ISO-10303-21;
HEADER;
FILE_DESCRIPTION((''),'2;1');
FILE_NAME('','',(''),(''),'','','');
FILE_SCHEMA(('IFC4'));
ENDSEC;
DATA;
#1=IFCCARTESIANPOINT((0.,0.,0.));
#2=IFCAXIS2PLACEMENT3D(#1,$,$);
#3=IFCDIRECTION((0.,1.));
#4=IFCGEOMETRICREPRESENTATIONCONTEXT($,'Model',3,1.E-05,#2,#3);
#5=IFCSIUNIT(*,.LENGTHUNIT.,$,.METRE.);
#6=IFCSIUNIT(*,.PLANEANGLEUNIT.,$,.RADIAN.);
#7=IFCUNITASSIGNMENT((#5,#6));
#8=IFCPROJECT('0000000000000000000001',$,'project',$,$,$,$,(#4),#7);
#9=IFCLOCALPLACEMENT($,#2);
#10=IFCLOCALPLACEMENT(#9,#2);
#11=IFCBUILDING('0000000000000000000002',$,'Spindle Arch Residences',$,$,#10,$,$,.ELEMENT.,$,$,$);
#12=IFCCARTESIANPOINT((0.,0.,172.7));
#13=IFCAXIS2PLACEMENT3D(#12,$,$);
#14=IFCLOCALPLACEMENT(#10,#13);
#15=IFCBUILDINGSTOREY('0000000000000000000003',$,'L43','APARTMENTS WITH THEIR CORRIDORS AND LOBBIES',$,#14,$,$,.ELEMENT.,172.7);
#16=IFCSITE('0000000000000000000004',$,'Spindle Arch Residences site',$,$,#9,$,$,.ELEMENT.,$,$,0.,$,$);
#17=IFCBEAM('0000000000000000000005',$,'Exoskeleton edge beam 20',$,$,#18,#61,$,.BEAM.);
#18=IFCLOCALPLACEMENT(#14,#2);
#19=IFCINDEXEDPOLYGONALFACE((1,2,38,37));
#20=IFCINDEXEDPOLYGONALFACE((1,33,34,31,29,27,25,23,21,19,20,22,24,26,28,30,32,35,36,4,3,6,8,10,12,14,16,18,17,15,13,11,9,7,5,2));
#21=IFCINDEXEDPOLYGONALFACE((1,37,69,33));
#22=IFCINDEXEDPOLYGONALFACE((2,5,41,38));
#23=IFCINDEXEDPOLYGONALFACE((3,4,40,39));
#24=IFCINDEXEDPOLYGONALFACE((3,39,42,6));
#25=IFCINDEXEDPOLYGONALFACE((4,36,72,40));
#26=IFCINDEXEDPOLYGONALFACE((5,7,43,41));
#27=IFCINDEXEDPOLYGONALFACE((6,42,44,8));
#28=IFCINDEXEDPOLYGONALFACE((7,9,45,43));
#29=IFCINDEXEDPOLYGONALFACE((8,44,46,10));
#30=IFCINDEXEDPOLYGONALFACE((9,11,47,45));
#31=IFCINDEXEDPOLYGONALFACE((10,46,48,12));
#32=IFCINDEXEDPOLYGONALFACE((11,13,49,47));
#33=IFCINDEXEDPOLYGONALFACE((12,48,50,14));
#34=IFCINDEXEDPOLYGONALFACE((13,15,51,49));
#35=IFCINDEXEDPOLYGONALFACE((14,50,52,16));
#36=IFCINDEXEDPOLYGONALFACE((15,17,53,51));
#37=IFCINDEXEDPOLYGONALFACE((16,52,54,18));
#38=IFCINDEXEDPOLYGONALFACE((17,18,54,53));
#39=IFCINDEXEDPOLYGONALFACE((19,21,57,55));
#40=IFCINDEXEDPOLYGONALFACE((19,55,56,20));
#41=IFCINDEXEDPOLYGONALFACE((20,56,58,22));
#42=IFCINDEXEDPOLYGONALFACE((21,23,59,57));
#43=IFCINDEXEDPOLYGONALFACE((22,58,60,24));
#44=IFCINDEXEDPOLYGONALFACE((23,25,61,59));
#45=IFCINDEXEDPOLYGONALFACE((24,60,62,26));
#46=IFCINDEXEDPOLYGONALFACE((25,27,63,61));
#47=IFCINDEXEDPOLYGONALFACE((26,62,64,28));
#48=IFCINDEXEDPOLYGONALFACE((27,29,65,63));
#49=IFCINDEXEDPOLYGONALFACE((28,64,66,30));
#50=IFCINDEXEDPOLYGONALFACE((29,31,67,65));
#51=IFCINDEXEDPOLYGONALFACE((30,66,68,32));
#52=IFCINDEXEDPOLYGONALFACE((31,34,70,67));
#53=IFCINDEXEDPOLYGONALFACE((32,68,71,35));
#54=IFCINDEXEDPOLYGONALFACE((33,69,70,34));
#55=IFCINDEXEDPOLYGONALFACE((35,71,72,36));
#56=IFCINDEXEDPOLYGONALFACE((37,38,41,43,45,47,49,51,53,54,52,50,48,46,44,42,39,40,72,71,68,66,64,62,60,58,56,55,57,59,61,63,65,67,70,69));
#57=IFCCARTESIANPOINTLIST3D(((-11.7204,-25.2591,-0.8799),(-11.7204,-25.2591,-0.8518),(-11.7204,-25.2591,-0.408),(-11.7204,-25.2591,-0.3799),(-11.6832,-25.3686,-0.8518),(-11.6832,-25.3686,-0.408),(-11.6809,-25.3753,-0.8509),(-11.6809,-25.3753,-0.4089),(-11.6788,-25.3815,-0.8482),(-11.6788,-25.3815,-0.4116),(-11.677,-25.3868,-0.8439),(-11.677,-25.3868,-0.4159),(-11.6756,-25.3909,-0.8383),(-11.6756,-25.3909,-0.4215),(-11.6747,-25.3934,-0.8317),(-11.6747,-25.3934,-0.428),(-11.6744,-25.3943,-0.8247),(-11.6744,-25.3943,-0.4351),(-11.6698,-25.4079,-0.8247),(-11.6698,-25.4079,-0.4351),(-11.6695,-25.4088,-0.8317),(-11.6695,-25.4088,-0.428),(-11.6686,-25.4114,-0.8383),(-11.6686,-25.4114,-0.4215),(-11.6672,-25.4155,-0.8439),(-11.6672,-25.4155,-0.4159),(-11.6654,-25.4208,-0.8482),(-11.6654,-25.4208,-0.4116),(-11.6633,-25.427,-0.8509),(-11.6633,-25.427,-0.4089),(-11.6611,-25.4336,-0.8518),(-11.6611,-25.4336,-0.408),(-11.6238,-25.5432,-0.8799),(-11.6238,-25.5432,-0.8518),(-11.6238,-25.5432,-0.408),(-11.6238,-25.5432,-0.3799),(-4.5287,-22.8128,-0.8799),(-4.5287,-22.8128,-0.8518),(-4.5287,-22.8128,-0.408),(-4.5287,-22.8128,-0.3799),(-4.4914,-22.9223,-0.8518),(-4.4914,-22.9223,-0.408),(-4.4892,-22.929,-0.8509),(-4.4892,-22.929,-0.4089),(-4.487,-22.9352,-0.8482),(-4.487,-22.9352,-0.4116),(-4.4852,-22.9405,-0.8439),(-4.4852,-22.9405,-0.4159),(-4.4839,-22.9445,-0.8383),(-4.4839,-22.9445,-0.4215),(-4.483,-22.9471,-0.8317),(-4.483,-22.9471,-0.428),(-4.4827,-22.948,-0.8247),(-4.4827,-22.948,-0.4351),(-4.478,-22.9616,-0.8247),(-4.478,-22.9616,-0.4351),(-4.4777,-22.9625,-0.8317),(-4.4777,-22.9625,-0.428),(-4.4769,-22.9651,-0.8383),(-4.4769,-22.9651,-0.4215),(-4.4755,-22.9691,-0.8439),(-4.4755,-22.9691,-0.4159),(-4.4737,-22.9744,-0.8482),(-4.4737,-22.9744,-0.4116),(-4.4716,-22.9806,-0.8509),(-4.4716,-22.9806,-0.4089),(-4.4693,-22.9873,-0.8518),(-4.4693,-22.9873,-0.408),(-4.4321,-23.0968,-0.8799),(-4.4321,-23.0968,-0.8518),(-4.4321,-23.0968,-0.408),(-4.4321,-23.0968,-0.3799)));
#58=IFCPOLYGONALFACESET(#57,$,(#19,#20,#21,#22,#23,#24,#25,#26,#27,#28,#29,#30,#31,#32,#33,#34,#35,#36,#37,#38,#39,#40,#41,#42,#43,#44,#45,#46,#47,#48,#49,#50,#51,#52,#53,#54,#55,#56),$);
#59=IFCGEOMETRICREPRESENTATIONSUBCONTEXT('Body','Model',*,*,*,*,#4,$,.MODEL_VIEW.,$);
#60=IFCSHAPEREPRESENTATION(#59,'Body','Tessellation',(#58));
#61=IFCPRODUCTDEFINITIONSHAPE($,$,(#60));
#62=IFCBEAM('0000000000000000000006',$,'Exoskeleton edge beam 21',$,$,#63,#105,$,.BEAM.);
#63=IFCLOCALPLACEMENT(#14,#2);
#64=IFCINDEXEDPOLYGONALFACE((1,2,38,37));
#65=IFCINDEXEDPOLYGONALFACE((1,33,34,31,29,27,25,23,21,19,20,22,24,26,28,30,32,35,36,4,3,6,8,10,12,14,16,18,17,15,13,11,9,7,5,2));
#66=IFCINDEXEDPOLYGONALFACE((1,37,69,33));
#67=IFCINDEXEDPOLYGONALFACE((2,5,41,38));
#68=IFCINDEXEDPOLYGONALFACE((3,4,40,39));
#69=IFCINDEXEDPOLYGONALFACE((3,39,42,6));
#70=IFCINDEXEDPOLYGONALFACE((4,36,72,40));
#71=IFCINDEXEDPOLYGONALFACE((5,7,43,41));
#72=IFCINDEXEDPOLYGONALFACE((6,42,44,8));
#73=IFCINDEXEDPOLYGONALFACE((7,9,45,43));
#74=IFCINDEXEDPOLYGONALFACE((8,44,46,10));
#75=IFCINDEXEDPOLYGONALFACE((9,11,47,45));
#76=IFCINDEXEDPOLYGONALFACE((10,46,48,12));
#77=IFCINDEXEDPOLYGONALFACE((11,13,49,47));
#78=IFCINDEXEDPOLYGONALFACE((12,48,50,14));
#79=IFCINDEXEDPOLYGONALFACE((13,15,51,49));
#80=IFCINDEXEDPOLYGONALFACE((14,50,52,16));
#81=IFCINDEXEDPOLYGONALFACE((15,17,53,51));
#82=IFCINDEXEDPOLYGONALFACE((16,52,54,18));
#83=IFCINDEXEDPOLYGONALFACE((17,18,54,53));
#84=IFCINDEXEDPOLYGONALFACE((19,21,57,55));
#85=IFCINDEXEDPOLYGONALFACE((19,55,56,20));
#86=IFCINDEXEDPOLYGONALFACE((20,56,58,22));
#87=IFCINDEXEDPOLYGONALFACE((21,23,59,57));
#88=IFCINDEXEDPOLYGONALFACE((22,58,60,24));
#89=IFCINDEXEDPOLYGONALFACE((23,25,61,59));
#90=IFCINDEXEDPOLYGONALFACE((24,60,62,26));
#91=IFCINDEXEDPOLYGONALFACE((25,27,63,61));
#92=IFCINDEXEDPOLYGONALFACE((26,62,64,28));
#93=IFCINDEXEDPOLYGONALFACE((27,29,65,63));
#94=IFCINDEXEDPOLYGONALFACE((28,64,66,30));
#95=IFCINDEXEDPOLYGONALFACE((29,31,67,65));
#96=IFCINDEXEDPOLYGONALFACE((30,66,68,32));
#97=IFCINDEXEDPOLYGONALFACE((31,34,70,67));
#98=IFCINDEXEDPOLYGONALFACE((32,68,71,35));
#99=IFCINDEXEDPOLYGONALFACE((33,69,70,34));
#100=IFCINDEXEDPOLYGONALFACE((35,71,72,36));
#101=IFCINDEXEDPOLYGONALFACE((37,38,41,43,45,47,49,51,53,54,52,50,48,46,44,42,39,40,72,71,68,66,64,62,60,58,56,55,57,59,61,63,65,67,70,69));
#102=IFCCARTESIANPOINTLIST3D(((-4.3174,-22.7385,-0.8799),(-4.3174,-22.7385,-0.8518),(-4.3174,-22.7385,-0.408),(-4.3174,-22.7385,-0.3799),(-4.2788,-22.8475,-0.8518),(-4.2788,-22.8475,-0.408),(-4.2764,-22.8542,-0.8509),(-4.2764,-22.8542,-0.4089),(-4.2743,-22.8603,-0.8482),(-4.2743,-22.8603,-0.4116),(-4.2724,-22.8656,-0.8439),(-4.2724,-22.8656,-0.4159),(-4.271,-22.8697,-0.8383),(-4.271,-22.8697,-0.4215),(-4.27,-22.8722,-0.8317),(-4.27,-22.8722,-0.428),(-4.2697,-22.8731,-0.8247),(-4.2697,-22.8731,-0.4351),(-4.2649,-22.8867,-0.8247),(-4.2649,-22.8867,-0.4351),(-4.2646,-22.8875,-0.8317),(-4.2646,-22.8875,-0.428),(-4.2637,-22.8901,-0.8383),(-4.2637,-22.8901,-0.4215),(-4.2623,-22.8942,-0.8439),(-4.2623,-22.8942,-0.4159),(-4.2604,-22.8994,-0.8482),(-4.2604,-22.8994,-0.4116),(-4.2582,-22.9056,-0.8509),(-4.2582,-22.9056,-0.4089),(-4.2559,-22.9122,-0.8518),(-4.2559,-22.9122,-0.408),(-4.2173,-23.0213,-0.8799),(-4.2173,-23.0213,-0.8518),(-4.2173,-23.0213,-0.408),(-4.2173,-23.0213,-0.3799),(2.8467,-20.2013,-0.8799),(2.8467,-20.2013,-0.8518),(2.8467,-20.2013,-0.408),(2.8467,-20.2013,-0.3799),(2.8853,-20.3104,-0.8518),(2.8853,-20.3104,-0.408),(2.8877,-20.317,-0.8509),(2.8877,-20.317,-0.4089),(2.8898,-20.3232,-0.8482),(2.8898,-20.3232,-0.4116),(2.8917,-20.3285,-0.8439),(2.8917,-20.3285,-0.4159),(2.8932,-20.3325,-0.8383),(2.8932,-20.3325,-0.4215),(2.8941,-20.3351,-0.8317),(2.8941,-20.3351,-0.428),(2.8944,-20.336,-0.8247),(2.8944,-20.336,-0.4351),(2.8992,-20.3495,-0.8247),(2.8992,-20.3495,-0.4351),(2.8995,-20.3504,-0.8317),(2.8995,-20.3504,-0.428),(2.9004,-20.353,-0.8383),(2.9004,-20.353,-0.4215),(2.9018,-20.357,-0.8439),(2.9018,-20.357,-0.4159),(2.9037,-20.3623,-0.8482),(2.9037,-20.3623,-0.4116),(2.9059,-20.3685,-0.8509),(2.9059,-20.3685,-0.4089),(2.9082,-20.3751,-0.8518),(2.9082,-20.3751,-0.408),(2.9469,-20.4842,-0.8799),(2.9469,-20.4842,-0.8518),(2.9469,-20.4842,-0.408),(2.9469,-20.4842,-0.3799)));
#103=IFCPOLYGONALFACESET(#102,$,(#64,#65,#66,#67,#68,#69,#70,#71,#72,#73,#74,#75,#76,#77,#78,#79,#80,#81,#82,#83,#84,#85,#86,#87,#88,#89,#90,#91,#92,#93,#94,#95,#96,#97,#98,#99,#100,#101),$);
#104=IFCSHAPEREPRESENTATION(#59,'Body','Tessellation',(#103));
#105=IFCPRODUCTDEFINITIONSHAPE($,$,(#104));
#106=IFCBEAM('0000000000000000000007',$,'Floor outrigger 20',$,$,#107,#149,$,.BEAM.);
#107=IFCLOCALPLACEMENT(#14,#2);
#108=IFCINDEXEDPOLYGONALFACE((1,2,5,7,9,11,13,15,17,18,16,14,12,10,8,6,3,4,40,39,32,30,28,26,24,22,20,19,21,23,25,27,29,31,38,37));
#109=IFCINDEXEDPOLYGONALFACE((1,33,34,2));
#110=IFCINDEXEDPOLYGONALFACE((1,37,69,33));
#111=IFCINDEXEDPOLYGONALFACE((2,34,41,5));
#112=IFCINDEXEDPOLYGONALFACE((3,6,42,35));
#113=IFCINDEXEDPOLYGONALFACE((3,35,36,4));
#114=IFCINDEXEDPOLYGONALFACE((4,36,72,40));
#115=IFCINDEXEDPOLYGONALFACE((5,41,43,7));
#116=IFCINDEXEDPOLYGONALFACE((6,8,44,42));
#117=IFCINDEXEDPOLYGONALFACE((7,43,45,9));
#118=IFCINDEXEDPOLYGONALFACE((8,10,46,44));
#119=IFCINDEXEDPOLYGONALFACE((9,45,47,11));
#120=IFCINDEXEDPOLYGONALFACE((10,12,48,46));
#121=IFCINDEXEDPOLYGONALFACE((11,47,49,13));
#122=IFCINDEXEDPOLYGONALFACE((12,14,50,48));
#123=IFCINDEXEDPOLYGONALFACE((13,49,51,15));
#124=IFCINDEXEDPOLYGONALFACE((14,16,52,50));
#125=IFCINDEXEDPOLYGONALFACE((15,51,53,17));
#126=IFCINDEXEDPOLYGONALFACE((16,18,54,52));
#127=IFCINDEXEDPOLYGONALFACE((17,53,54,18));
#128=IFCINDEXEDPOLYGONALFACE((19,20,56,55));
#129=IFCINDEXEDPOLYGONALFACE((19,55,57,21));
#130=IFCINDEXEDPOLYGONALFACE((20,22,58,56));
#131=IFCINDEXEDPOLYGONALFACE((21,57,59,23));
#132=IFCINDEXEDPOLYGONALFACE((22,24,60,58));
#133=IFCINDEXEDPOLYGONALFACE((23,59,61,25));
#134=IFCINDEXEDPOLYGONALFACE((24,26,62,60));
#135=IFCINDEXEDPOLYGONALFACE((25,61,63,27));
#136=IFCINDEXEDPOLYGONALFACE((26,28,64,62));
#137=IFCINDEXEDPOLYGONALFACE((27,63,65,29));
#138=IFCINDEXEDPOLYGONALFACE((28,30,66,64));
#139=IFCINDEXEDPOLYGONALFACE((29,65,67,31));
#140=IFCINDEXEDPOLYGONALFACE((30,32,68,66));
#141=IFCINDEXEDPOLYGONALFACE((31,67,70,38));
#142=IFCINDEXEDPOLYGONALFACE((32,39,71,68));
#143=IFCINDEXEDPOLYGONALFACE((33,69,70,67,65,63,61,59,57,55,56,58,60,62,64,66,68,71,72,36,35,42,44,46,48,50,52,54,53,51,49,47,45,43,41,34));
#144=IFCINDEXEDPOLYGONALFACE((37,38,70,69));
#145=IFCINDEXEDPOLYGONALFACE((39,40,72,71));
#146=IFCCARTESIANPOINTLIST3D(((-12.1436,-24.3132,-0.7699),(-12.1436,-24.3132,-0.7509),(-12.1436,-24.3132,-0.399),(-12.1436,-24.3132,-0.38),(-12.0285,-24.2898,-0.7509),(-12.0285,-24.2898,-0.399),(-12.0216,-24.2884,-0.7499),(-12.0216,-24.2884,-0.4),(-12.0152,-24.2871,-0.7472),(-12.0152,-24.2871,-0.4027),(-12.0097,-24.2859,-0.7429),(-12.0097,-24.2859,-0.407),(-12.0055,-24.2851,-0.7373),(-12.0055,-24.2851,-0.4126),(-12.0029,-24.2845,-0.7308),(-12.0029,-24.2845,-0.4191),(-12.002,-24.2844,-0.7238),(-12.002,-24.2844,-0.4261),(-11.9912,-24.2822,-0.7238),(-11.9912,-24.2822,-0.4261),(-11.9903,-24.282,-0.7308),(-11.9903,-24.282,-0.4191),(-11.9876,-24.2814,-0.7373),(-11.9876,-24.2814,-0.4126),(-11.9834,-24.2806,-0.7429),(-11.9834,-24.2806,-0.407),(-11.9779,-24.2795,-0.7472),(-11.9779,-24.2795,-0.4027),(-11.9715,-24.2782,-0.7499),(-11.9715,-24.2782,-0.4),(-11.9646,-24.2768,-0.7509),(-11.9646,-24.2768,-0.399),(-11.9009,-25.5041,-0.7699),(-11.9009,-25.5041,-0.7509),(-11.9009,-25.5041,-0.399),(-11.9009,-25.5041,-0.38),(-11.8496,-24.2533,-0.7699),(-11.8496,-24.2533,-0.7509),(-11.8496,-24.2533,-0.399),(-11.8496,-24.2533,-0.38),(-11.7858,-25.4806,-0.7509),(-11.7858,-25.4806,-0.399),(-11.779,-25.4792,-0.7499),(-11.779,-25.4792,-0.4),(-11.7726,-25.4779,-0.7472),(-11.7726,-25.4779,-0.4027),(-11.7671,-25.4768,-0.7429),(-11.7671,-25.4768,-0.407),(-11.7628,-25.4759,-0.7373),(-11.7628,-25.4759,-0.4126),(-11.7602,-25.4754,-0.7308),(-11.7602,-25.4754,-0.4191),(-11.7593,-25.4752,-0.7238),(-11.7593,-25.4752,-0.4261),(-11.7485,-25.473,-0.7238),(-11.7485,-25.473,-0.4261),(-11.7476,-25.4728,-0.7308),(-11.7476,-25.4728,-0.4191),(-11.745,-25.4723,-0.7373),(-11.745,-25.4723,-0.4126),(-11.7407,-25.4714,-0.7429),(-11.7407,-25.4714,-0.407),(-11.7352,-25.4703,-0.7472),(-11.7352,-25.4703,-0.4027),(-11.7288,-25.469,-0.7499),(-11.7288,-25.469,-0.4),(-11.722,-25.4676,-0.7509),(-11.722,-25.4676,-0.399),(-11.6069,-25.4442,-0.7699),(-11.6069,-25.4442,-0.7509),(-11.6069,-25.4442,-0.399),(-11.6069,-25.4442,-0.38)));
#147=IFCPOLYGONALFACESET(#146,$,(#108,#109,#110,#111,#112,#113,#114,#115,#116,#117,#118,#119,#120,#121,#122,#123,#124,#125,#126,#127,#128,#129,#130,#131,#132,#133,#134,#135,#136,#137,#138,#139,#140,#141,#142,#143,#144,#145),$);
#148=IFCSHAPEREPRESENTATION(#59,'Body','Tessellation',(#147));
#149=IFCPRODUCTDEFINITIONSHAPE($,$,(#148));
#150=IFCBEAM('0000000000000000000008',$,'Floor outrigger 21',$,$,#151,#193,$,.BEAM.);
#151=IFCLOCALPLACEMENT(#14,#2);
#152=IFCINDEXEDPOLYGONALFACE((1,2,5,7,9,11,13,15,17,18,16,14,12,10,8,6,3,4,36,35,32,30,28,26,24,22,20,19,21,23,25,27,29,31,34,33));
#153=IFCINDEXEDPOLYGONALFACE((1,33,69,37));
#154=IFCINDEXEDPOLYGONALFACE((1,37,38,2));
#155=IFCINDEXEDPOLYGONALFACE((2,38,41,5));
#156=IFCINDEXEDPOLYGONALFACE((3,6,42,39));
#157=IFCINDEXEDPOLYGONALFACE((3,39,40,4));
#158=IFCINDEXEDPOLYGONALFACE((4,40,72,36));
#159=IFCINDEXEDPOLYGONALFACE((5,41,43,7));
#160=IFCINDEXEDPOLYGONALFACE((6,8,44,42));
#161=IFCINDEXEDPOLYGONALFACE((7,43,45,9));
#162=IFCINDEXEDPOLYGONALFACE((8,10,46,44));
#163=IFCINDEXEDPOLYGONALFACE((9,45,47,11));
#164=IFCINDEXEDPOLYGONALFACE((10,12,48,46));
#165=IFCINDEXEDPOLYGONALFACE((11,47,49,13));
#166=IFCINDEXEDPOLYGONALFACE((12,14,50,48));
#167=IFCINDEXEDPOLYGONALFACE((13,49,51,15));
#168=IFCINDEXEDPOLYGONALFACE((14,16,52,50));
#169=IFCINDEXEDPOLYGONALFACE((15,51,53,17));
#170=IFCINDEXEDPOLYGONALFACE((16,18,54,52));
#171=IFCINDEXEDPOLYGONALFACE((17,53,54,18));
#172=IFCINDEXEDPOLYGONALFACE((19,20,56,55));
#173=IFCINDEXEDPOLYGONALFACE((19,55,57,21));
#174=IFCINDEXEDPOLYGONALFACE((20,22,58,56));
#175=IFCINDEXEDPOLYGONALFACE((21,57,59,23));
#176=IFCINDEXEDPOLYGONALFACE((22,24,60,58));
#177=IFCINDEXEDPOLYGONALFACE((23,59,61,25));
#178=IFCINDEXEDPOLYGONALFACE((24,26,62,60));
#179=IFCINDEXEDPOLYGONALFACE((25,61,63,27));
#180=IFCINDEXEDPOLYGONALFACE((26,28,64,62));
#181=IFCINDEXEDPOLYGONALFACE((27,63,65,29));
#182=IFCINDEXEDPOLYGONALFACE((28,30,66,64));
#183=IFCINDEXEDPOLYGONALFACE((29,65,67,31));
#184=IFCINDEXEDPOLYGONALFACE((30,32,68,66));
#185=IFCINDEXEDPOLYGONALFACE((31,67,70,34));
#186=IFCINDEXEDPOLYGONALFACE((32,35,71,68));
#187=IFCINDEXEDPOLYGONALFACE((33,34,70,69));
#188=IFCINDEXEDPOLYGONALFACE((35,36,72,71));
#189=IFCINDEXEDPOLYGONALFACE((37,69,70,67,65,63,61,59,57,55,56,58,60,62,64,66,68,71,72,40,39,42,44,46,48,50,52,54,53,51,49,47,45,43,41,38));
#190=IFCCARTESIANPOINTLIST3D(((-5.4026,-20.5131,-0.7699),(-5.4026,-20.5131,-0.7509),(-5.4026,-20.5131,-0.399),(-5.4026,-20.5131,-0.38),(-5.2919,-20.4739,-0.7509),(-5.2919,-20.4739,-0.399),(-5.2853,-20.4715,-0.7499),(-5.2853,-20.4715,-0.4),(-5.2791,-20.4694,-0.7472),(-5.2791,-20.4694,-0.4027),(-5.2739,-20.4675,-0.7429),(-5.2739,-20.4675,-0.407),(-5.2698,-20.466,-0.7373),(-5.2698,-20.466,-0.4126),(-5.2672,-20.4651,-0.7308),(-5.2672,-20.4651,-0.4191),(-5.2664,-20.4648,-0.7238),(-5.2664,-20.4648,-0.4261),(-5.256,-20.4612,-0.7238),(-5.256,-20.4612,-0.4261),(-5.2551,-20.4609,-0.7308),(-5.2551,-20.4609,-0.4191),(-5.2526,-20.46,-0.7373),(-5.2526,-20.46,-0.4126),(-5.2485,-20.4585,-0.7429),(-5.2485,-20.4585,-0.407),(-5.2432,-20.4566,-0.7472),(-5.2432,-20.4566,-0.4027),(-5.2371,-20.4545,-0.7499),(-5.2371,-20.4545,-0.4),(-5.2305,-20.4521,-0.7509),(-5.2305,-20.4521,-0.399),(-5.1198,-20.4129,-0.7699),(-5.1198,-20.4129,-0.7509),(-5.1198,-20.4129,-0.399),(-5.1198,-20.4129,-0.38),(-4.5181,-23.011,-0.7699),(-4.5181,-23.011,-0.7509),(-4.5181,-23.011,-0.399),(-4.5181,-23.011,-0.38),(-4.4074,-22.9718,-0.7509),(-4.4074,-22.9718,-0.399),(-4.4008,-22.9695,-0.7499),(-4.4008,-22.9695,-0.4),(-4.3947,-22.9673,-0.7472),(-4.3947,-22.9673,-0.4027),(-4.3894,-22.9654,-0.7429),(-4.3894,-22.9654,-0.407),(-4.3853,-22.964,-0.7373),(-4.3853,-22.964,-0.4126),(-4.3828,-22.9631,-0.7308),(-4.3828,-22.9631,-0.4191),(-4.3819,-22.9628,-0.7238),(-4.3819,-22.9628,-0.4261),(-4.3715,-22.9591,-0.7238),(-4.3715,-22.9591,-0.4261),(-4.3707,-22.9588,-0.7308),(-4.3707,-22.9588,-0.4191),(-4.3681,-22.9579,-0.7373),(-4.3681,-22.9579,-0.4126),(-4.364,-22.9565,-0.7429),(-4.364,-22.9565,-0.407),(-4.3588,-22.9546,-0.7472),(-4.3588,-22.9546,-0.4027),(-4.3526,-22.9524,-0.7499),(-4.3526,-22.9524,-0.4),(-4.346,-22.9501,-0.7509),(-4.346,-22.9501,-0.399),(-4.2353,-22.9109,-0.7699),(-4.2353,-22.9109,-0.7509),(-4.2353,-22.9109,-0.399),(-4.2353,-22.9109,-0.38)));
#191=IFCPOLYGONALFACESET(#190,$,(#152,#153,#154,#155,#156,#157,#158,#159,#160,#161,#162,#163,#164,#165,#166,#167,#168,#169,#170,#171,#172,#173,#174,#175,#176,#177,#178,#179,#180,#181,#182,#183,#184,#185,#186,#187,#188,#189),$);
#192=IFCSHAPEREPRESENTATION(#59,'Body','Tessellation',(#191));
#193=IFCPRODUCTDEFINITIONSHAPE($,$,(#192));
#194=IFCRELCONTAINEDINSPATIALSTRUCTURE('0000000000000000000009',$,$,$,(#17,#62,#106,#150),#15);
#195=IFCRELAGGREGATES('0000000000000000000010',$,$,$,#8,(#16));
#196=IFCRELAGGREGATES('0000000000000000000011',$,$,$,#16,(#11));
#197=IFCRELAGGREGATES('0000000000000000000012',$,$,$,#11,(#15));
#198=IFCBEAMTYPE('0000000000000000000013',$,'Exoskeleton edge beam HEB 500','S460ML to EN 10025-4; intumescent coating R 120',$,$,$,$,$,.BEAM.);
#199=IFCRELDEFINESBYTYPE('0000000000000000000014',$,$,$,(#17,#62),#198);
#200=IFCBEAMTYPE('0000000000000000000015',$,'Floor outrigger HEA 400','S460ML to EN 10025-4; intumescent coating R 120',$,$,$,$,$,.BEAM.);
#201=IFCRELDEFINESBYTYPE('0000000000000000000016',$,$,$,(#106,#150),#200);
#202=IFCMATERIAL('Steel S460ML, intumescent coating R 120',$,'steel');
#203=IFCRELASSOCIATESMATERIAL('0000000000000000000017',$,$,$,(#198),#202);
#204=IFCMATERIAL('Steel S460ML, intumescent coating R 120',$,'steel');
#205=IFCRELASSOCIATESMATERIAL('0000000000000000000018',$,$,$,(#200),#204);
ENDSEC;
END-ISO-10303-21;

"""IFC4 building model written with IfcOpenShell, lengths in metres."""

from ifc_helpers import new_model, si_unit, direction, frame, origin, origin_2d, place, context, subcontext, project, spatial, i_section, extrude, material, material_profile, profile_set, type_object, element, save


model = new_model("IFC4")

# Units and contexts
model_context = context("Model", 3, precision=1e-05, world=origin(), true_north=direction((0.0, 1.0)))
body_context = subcontext(model_context, "Body", "Model", "MODEL_VIEW")
ifc_project = project(units=[si_unit("LENGTHUNIT", "METRE"), si_unit("PLANEANGLEUNIT", "RADIAN")], contexts=[model_context])

# Site, building, storey
site_placement = place(None, origin())
site = spatial("IfcSite", under=ifc_project, at=site_placement, Name="Spindle Arch Residences site", CompositionType="ELEMENT", RefElevation=0.0)
building_placement = place(site_placement, origin())
building = spatial("IfcBuilding", under=site, at=building_placement, Name="Spindle Arch Residences", CompositionType="ELEMENT")
storey_placement = place(building_placement, frame((0.0, 0.0, 172.7)))
storey = spatial("IfcBuildingStorey", under=building, at=storey_placement, Name="L43", Description="APARTMENTS WITH THEIR CORRIDORS AND LOBBIES", CompositionType="ELEMENT", Elevation=172.7)

# Beams
ifc_material_1 = material(Name="Steel S460ML, intumescent coating R 120", Category="steel")
ifc_material_profile_1 = material_profile(ifc_material_1, i_section(OverallWidth=0.3, OverallDepth=0.5, WebThickness=0.0144, FlangeThickness=0.0281, FilletRadius=0.0271, at=origin_2d()), Name="HEB 500")
ifc_profile_set_1 = profile_set([ifc_material_profile_1], Name="Steel S460ML, intumescent coating R 120")
beam_type_1 = type_object("IfcBeamType", Name="Exoskeleton edge beam HEB 500", Description="S460ML to EN 10025-4; intumescent coating R 120", PredefinedType="BEAM", material=ifc_profile_set_1)
beam_1_placement = place(storey_placement, frame((-11.6721, -25.4011, -0.6299), z_axis=(0.946727, 0.322036, 0.0), x_axis=(-0.322036, 0.946727, 0.0)))
element("IfcBeam", 1, at=beam_1_placement, inside=storey, type_object=beam_type_1, Name="Exoskeleton edge beam 20", PredefinedType="BEAM", context=body_context, shape_type="SweptSolid", body=[
    extrude(i_section(OverallWidth=0.3, OverallDepth=0.5, WebThickness=0.0144, FlangeThickness=0.0281, FilletRadius=0.0271, at=origin_2d()), origin(), (0.0, 0.0, 1.0), 7.5964),
])
beam_2_placement = place(storey_placement, frame((-4.2673, -22.8799, -0.6299), z_axis=(0.942634, 0.333828, 0.0), x_axis=(-0.333828, 0.942634, 0.0)))
element("IfcBeam", 2, at=beam_2_placement, inside=storey, type_object=beam_type_1, Name="Exoskeleton edge beam 21", PredefinedType="BEAM", context=body_context, shape_type="SweptSolid", body=[
    extrude(i_section(OverallWidth=0.3, OverallDepth=0.5, WebThickness=0.0144, FlangeThickness=0.0281, FilletRadius=0.0271, at=origin_2d()), origin(), (0.0, 0.0, 1.0), 7.6001),
])
ifc_material_2 = material(Name="Steel S460ML, intumescent coating R 120", Category="steel")
ifc_material_profile_2 = material_profile(ifc_material_2, i_section(OverallWidth=0.3, OverallDepth=0.3899, WebThickness=0.011, FlangeThickness=0.019, FilletRadius=0.0271, at=origin_2d()), Name="HEA 400")
ifc_profile_set_2 = profile_set([ifc_material_profile_2], Name="Steel S460ML, intumescent coating R 120")
beam_type_2 = type_object("IfcBeamType", Name="Floor outrigger HEA 400", Description="S460ML to EN 10025-4; intumescent coating R 120", PredefinedType="BEAM", material=ifc_profile_set_2)
beam_3_placement = place(storey_placement, frame((-11.7539, -25.4741, -0.575), z_axis=(-0.199669, 0.979863, 0.0), x_axis=(-0.979863, -0.199669, 0.0)))
element("IfcBeam", 3, at=beam_3_placement, inside=storey, type_object=beam_type_2, Name="Floor outrigger 20", PredefinedType="BEAM", context=body_context, shape_type="SweptSolid", body=[
    extrude(i_section(OverallWidth=0.3, OverallDepth=0.3899, WebThickness=0.011, FlangeThickness=0.019, FilletRadius=0.0271, at=origin_2d()), origin(), (0.0, 0.0, 1.0), 1.2153),
])
beam_4_placement = place(storey_placement, frame((-4.3767, -22.9609, -0.575), z_axis=(-0.333779, 0.942651, 0.0), x_axis=(-0.942651, -0.333779, 0.0)))
element("IfcBeam", 4, at=beam_4_placement, inside=storey, type_object=beam_type_2, Name="Floor outrigger 21", PredefinedType="BEAM", context=body_context, shape_type="SweptSolid", body=[
    extrude(i_section(OverallWidth=0.3, OverallDepth=0.3899, WebThickness=0.011, FlangeThickness=0.019, FilletRadius=0.0271, at=origin_2d()), origin(), (0.0, 0.0, 1.0), 2.6499),
])

save(model, "model.ifc")
